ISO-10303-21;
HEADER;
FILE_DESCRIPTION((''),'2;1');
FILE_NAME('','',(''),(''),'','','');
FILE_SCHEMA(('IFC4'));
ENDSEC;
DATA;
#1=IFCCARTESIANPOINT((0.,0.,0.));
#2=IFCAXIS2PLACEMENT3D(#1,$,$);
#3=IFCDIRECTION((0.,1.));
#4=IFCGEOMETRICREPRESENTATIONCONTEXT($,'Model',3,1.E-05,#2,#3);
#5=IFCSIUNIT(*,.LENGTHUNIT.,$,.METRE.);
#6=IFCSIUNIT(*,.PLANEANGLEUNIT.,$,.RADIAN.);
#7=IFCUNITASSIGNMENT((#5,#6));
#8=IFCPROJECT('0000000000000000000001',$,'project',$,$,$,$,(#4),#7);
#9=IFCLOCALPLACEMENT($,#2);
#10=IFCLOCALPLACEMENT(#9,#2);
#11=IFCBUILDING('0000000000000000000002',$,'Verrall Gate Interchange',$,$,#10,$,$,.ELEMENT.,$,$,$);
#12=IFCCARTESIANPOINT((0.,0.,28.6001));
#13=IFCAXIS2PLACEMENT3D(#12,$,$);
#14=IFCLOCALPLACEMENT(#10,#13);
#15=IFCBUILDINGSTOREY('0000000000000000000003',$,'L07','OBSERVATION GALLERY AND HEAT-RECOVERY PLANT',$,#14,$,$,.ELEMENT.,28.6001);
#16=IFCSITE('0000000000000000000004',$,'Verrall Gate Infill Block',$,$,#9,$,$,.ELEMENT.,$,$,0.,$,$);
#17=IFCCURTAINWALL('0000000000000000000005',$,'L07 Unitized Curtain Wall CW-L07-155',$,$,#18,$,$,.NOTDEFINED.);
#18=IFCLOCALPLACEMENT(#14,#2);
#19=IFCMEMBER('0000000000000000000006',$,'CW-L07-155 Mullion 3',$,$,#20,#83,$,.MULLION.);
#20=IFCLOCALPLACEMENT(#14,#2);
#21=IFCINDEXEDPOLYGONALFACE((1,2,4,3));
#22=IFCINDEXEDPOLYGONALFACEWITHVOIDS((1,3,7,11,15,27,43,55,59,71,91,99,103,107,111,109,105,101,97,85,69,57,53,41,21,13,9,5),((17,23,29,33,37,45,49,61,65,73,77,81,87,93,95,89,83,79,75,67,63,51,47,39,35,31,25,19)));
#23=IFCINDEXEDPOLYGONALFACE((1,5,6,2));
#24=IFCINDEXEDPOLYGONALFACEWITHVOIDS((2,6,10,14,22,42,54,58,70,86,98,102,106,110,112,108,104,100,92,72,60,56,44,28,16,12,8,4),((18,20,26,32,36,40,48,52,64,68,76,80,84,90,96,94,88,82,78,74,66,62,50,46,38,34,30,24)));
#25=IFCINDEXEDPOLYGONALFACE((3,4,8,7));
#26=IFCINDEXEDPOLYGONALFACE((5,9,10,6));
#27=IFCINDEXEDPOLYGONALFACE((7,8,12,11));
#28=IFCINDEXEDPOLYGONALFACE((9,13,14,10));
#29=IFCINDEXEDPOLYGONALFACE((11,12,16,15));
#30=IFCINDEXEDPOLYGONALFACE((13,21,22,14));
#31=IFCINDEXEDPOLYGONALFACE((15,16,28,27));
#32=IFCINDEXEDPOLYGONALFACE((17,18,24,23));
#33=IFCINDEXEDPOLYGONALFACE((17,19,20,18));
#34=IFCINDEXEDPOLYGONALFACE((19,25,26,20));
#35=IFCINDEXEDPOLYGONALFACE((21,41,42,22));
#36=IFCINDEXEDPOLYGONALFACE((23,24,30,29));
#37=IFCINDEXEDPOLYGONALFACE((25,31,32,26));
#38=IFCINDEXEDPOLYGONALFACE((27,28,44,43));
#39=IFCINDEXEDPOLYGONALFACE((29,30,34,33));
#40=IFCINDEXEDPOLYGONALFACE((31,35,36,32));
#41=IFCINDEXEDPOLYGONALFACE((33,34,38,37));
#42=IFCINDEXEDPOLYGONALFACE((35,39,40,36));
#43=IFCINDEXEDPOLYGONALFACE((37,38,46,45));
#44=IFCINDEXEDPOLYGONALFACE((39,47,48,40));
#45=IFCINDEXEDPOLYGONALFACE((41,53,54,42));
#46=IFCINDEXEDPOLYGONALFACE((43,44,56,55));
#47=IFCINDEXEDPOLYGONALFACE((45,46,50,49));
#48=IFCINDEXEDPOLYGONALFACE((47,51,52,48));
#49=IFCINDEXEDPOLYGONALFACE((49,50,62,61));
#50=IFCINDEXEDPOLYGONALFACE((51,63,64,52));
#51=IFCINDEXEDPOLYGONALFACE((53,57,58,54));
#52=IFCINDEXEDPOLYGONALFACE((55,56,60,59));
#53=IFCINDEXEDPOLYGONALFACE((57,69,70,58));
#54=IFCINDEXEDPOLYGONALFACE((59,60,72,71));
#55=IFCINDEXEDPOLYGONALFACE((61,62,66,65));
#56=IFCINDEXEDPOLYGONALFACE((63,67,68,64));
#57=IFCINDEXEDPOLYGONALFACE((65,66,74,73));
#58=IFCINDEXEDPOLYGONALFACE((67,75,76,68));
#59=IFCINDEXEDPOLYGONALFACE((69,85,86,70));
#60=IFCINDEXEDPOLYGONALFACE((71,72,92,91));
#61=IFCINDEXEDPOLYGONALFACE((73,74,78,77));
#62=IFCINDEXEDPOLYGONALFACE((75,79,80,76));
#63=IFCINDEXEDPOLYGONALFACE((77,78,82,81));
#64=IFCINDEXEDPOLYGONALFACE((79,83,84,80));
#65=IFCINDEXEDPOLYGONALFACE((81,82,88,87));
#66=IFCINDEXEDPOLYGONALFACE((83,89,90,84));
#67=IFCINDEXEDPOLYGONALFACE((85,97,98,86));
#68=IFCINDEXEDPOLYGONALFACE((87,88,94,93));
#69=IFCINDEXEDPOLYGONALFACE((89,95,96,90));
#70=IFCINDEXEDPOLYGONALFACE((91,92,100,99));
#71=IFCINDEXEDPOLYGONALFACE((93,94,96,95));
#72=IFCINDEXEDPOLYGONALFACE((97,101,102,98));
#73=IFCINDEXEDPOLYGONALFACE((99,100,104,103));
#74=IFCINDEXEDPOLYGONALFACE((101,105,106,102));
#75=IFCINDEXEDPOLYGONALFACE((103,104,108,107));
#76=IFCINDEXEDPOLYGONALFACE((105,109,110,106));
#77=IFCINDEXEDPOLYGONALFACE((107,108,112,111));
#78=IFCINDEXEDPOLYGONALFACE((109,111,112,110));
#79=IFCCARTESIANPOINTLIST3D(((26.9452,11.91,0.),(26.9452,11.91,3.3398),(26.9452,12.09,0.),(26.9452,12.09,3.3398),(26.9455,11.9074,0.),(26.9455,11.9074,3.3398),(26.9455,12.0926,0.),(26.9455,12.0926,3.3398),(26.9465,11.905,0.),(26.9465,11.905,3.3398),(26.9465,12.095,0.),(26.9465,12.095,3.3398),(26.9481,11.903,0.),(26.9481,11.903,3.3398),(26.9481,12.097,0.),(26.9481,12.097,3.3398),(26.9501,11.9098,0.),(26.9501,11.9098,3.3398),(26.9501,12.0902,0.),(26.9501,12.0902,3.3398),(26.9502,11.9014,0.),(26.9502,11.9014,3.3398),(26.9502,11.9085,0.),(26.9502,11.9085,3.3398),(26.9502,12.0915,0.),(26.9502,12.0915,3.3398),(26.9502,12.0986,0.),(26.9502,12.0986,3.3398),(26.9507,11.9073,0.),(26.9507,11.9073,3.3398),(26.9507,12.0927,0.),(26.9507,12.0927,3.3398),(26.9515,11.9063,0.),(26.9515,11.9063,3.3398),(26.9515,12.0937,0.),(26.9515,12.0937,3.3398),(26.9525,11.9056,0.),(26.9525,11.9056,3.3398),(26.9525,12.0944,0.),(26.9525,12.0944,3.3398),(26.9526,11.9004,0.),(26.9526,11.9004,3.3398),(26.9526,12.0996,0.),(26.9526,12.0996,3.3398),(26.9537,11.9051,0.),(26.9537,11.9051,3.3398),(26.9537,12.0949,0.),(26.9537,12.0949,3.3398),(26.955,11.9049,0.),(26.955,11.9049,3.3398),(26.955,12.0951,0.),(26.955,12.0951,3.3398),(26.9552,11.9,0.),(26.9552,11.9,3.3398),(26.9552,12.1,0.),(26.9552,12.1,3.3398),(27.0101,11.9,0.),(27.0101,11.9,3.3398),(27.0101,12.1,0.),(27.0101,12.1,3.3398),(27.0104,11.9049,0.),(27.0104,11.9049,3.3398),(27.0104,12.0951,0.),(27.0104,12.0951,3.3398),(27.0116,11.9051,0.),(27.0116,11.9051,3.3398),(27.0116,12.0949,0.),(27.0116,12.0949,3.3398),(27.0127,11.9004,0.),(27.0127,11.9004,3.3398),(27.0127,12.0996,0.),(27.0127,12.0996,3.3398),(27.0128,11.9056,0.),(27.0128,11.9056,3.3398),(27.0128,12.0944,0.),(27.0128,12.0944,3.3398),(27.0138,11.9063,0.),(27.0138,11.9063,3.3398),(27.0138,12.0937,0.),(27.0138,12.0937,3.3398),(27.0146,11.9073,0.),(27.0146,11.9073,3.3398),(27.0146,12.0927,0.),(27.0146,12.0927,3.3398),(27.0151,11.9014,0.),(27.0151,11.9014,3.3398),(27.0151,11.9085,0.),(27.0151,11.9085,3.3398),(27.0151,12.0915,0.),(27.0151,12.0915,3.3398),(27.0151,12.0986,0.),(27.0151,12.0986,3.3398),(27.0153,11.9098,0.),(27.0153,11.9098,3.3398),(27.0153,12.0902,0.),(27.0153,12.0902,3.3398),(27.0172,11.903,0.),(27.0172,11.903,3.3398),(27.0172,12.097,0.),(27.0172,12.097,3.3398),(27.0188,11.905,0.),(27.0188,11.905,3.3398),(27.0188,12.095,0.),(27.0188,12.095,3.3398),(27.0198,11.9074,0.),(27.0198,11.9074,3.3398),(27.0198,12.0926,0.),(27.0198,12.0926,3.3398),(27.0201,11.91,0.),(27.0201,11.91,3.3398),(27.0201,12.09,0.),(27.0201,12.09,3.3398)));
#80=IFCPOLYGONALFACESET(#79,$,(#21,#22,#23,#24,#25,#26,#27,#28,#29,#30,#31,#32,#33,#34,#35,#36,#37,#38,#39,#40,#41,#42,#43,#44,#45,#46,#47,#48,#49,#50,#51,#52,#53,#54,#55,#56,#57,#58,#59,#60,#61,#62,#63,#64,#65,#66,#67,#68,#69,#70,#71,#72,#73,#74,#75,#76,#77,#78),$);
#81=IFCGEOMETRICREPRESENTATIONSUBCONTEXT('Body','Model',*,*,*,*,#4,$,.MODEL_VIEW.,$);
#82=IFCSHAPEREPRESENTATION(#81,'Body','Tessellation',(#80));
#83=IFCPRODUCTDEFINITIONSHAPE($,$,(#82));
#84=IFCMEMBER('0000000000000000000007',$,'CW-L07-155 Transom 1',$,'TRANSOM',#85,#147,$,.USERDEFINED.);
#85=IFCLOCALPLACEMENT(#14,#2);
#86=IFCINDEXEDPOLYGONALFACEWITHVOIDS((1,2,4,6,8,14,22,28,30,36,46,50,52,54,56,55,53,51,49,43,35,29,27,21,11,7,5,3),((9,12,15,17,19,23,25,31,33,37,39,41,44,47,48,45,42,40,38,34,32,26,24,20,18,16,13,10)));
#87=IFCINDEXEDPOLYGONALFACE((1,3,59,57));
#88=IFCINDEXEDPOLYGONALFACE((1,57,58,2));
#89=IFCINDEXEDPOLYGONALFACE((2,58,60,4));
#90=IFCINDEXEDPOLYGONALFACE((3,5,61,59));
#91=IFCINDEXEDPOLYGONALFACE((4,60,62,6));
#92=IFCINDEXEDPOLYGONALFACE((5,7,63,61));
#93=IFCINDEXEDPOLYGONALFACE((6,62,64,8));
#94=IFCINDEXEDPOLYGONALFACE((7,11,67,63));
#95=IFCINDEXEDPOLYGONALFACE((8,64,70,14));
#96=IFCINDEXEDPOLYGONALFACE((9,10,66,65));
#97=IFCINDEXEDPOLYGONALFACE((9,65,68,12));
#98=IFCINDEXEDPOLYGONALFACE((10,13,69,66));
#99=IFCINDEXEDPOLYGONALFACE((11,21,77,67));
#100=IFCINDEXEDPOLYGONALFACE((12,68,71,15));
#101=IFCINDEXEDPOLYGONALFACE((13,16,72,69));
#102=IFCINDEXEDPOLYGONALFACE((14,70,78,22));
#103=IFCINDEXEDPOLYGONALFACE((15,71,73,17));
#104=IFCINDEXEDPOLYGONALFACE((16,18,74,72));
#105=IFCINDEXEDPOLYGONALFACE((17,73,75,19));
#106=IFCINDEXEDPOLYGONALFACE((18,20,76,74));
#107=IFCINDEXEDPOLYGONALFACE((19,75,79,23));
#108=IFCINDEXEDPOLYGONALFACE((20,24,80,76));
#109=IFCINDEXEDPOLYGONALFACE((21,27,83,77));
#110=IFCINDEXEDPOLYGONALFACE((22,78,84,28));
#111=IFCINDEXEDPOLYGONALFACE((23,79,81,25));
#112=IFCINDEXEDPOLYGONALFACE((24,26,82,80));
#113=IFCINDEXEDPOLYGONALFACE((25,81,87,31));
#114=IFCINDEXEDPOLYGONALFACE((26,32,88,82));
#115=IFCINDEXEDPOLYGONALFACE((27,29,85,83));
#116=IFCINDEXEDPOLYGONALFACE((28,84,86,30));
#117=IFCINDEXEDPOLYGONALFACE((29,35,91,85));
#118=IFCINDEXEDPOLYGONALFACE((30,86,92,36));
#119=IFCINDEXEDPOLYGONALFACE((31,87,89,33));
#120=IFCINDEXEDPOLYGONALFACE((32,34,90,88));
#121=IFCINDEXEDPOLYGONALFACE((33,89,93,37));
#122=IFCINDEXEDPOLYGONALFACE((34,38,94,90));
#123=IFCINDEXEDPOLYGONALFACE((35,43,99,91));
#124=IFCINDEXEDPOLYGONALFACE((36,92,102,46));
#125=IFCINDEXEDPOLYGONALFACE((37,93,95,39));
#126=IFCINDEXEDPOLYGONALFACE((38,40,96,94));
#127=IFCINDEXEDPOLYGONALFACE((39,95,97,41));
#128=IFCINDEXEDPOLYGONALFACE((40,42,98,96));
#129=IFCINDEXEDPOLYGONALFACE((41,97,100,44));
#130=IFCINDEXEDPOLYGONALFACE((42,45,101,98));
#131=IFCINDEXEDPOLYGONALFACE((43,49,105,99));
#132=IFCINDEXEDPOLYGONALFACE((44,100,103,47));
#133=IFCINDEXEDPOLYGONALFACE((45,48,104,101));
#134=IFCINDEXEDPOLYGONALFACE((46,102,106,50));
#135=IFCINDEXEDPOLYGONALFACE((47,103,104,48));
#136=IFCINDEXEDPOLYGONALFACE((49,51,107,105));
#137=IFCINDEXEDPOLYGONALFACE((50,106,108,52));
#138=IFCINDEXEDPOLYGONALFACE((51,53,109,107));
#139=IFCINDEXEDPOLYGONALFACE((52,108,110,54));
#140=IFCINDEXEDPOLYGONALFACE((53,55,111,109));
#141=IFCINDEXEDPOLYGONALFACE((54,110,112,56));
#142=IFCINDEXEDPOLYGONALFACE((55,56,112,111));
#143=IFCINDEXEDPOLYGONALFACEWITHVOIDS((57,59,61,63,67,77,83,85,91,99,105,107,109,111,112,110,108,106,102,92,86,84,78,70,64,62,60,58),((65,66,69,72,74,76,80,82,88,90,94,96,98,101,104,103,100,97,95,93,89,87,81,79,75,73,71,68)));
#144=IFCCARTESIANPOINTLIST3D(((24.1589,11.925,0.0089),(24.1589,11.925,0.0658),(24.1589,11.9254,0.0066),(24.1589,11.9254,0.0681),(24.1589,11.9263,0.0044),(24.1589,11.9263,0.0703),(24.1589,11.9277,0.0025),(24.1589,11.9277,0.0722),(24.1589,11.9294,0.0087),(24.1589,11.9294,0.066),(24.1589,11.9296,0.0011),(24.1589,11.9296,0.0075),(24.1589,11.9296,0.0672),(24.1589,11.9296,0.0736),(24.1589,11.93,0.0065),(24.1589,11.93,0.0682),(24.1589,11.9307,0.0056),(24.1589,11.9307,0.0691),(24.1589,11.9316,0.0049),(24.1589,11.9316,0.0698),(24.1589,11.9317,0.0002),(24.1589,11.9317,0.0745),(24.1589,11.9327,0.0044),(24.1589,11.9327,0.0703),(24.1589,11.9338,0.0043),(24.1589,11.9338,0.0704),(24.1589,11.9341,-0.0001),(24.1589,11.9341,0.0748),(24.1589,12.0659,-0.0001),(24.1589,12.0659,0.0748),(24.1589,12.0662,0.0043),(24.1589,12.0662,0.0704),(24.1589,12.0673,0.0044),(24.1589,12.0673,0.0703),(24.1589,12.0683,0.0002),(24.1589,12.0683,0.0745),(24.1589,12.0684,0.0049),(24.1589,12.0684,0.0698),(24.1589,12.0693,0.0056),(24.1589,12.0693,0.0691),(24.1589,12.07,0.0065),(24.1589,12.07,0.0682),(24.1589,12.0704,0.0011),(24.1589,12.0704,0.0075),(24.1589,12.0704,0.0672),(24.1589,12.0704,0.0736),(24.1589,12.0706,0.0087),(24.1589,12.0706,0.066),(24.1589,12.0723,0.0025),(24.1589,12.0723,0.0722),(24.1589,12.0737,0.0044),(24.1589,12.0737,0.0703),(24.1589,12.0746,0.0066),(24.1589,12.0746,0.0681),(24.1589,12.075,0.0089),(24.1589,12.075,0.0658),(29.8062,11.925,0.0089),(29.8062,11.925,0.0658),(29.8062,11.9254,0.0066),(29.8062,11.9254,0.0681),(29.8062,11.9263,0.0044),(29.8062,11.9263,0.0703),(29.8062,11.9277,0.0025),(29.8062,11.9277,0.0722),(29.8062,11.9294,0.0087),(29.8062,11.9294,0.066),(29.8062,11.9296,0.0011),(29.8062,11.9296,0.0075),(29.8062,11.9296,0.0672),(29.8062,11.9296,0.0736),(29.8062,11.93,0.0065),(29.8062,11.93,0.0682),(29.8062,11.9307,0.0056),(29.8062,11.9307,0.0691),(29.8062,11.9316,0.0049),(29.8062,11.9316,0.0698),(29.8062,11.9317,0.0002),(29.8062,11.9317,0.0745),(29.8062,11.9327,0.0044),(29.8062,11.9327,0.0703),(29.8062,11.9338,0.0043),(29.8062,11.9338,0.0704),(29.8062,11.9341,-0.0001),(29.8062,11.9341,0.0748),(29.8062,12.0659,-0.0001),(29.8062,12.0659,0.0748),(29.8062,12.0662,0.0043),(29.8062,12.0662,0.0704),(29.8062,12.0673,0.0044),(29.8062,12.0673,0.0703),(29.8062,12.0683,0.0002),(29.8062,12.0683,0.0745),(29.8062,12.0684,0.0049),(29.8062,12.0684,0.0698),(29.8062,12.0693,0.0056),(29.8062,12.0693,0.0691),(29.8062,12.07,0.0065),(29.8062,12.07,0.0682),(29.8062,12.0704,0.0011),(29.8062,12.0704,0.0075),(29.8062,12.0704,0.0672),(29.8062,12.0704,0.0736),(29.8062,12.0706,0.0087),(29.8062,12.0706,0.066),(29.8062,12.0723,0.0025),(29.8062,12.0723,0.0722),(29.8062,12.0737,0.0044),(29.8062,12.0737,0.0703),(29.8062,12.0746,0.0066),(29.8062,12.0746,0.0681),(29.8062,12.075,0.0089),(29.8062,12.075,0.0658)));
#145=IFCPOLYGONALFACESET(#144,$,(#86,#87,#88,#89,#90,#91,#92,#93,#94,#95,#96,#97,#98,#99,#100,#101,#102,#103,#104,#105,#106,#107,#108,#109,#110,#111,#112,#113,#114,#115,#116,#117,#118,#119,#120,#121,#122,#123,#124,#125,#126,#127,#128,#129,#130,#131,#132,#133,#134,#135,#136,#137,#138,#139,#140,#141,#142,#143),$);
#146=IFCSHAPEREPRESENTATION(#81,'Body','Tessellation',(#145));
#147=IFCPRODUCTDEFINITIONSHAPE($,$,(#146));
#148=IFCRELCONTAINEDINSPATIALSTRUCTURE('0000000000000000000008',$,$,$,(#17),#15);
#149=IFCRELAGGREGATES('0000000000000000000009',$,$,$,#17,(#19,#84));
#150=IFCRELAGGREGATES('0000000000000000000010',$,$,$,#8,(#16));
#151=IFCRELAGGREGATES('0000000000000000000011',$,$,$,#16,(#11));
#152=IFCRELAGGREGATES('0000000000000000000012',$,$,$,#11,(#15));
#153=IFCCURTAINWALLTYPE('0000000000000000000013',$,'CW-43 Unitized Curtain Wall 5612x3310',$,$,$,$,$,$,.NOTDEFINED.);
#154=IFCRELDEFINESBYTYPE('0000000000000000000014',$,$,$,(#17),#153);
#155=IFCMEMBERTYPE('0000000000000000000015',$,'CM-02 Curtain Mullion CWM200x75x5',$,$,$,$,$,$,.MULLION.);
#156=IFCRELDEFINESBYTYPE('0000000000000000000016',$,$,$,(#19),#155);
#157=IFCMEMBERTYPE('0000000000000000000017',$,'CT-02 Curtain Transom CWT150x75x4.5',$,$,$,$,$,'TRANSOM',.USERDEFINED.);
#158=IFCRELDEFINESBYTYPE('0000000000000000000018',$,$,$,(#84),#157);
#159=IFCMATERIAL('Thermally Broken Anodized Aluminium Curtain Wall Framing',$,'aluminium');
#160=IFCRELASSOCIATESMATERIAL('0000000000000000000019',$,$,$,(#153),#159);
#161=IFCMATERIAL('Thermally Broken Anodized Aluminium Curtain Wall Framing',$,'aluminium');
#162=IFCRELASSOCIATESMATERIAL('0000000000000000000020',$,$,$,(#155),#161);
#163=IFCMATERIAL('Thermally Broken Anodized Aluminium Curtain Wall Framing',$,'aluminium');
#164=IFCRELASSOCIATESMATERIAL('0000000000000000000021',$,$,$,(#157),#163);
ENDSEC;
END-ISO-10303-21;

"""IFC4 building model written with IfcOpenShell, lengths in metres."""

from ifc_helpers import new_model, si_unit, direction, frame, origin, origin_2d, place, context, subcontext, project, spatial, hollow_rectangle, extrude, material, material_profile, profile_set, type_object, element, aggregate, save


model = new_model("IFC4")

# Units and contexts
model_context = context("Model", 3, precision=1e-05, world=origin(), true_north=direction((0.0, 1.0)))
body_context = subcontext(model_context, "Body", "Model", "MODEL_VIEW")
ifc_project = project(units=[si_unit("LENGTHUNIT", "METRE"), si_unit("PLANEANGLEUNIT", "RADIAN")], contexts=[model_context])

# Site, building, storey
site_placement = place(None, origin())
site = spatial("IfcSite", under=ifc_project, at=site_placement, Name="Verrall Gate Infill Block", CompositionType="ELEMENT", RefElevation=0.0)
building_placement = place(site_placement, origin())
building = spatial("IfcBuilding", under=site, at=building_placement, Name="Verrall Gate Interchange", CompositionType="ELEMENT")
storey_placement = place(building_placement, frame((0.0, 0.0, 28.6001)))
storey = spatial("IfcBuildingStorey", under=building, at=storey_placement, Name="L07", Description="OBSERVATION GALLERY AND HEAT-RECOVERY PLANT", CompositionType="ELEMENT", Elevation=28.6001)

# Curtain wall, members
ifc_material_1 = material(Name="Thermally Broken Anodized Aluminium Curtain Wall Framing", Category="aluminium")
curtain_wall_type = type_object("IfcCurtainWallType", Name="CW-43 Unitized Curtain Wall 5612x3310", PredefinedType="NOTDEFINED", material=ifc_material_1)
curtain_wall_1_placement = place(storey_placement, origin())
curtain_wall_1 = element("IfcCurtainWall", 1, at=curtain_wall_1_placement, inside=storey, type_object=curtain_wall_type, Name="L07 Unitized Curtain Wall CW-L07-155", PredefinedType="NOTDEFINED")
ifc_material_2 = material(Name="Thermally Broken Anodized Aluminium Curtain Wall Framing", Category="aluminium")
ifc_material_profile_1 = material_profile(ifc_material_2, hollow_rectangle(XDim=0.075, YDim=0.2, WallThickness=0.0049, InnerFilletRadius=0.0049, OuterFilletRadius=0.01, at=origin_2d()), Name="CWM200x75x5")
ifc_profile_set_1 = profile_set([ifc_material_profile_1], Name="Thermally Broken Anodized Aluminium Curtain Wall Framing")
member_type_1 = type_object("IfcMemberType", Name="CM-02 Curtain Mullion CWM200x75x5", PredefinedType="MULLION", material=ifc_profile_set_1)
member_1_placement = place(storey_placement, frame((26.9827, 12.0, 0.0), z_axis=(0.0, 0.0, 1.0), x_axis=(1.0, 0.0, 0.0)))
member_1 = element("IfcMember", 2, at=member_1_placement, type_object=member_type_1, Name="CW-L07-155 Mullion 3", PredefinedType="MULLION", context=body_context, shape_type="SweptSolid", body=[
    extrude(hollow_rectangle(XDim=0.075, YDim=0.2, WallThickness=0.0049, InnerFilletRadius=0.0049, OuterFilletRadius=0.01, at=origin_2d()), origin(), (0.0, 0.0, 1.0), 3.3398),
])
ifc_material_3 = material(Name="Thermally Broken Anodized Aluminium Curtain Wall Framing", Category="aluminium")
ifc_material_profile_2 = material_profile(ifc_material_3, hollow_rectangle(XDim=0.1499, YDim=0.075, WallThickness=0.0044, InnerFilletRadius=0.0044, OuterFilletRadius=0.009, at=origin_2d()), Name="CWT150x75x4.5")
ifc_profile_set_2 = profile_set([ifc_material_profile_2], Name="Thermally Broken Anodized Aluminium Curtain Wall Framing")
member_type_2 = type_object("IfcMemberType", Name="CT-02 Curtain Transom CWT150x75x4.5", ElementType="TRANSOM", PredefinedType="USERDEFINED", material=ifc_profile_set_2)
member_2_placement = place(storey_placement, frame((24.1589, 12.0, 0.0374), z_axis=(1.0, 0.0, 0.0), x_axis=(0.0, 1.0, 0.0)))
member_2 = element("IfcMember", 3, at=member_2_placement, type_object=member_type_2, Name="CW-L07-155 Transom 1", ObjectType="TRANSOM", PredefinedType="USERDEFINED", context=body_context, shape_type="SweptSolid", body=[
    extrude(hollow_rectangle(XDim=0.1499, YDim=0.075, WallThickness=0.0044, InnerFilletRadius=0.0044, OuterFilletRadius=0.009, at=origin_2d()), origin(), (0.0, 0.0, 1.0), 5.6472),
])

aggregate(curtain_wall_1, [member_1, member_2])

save(model, "model.ifc")
